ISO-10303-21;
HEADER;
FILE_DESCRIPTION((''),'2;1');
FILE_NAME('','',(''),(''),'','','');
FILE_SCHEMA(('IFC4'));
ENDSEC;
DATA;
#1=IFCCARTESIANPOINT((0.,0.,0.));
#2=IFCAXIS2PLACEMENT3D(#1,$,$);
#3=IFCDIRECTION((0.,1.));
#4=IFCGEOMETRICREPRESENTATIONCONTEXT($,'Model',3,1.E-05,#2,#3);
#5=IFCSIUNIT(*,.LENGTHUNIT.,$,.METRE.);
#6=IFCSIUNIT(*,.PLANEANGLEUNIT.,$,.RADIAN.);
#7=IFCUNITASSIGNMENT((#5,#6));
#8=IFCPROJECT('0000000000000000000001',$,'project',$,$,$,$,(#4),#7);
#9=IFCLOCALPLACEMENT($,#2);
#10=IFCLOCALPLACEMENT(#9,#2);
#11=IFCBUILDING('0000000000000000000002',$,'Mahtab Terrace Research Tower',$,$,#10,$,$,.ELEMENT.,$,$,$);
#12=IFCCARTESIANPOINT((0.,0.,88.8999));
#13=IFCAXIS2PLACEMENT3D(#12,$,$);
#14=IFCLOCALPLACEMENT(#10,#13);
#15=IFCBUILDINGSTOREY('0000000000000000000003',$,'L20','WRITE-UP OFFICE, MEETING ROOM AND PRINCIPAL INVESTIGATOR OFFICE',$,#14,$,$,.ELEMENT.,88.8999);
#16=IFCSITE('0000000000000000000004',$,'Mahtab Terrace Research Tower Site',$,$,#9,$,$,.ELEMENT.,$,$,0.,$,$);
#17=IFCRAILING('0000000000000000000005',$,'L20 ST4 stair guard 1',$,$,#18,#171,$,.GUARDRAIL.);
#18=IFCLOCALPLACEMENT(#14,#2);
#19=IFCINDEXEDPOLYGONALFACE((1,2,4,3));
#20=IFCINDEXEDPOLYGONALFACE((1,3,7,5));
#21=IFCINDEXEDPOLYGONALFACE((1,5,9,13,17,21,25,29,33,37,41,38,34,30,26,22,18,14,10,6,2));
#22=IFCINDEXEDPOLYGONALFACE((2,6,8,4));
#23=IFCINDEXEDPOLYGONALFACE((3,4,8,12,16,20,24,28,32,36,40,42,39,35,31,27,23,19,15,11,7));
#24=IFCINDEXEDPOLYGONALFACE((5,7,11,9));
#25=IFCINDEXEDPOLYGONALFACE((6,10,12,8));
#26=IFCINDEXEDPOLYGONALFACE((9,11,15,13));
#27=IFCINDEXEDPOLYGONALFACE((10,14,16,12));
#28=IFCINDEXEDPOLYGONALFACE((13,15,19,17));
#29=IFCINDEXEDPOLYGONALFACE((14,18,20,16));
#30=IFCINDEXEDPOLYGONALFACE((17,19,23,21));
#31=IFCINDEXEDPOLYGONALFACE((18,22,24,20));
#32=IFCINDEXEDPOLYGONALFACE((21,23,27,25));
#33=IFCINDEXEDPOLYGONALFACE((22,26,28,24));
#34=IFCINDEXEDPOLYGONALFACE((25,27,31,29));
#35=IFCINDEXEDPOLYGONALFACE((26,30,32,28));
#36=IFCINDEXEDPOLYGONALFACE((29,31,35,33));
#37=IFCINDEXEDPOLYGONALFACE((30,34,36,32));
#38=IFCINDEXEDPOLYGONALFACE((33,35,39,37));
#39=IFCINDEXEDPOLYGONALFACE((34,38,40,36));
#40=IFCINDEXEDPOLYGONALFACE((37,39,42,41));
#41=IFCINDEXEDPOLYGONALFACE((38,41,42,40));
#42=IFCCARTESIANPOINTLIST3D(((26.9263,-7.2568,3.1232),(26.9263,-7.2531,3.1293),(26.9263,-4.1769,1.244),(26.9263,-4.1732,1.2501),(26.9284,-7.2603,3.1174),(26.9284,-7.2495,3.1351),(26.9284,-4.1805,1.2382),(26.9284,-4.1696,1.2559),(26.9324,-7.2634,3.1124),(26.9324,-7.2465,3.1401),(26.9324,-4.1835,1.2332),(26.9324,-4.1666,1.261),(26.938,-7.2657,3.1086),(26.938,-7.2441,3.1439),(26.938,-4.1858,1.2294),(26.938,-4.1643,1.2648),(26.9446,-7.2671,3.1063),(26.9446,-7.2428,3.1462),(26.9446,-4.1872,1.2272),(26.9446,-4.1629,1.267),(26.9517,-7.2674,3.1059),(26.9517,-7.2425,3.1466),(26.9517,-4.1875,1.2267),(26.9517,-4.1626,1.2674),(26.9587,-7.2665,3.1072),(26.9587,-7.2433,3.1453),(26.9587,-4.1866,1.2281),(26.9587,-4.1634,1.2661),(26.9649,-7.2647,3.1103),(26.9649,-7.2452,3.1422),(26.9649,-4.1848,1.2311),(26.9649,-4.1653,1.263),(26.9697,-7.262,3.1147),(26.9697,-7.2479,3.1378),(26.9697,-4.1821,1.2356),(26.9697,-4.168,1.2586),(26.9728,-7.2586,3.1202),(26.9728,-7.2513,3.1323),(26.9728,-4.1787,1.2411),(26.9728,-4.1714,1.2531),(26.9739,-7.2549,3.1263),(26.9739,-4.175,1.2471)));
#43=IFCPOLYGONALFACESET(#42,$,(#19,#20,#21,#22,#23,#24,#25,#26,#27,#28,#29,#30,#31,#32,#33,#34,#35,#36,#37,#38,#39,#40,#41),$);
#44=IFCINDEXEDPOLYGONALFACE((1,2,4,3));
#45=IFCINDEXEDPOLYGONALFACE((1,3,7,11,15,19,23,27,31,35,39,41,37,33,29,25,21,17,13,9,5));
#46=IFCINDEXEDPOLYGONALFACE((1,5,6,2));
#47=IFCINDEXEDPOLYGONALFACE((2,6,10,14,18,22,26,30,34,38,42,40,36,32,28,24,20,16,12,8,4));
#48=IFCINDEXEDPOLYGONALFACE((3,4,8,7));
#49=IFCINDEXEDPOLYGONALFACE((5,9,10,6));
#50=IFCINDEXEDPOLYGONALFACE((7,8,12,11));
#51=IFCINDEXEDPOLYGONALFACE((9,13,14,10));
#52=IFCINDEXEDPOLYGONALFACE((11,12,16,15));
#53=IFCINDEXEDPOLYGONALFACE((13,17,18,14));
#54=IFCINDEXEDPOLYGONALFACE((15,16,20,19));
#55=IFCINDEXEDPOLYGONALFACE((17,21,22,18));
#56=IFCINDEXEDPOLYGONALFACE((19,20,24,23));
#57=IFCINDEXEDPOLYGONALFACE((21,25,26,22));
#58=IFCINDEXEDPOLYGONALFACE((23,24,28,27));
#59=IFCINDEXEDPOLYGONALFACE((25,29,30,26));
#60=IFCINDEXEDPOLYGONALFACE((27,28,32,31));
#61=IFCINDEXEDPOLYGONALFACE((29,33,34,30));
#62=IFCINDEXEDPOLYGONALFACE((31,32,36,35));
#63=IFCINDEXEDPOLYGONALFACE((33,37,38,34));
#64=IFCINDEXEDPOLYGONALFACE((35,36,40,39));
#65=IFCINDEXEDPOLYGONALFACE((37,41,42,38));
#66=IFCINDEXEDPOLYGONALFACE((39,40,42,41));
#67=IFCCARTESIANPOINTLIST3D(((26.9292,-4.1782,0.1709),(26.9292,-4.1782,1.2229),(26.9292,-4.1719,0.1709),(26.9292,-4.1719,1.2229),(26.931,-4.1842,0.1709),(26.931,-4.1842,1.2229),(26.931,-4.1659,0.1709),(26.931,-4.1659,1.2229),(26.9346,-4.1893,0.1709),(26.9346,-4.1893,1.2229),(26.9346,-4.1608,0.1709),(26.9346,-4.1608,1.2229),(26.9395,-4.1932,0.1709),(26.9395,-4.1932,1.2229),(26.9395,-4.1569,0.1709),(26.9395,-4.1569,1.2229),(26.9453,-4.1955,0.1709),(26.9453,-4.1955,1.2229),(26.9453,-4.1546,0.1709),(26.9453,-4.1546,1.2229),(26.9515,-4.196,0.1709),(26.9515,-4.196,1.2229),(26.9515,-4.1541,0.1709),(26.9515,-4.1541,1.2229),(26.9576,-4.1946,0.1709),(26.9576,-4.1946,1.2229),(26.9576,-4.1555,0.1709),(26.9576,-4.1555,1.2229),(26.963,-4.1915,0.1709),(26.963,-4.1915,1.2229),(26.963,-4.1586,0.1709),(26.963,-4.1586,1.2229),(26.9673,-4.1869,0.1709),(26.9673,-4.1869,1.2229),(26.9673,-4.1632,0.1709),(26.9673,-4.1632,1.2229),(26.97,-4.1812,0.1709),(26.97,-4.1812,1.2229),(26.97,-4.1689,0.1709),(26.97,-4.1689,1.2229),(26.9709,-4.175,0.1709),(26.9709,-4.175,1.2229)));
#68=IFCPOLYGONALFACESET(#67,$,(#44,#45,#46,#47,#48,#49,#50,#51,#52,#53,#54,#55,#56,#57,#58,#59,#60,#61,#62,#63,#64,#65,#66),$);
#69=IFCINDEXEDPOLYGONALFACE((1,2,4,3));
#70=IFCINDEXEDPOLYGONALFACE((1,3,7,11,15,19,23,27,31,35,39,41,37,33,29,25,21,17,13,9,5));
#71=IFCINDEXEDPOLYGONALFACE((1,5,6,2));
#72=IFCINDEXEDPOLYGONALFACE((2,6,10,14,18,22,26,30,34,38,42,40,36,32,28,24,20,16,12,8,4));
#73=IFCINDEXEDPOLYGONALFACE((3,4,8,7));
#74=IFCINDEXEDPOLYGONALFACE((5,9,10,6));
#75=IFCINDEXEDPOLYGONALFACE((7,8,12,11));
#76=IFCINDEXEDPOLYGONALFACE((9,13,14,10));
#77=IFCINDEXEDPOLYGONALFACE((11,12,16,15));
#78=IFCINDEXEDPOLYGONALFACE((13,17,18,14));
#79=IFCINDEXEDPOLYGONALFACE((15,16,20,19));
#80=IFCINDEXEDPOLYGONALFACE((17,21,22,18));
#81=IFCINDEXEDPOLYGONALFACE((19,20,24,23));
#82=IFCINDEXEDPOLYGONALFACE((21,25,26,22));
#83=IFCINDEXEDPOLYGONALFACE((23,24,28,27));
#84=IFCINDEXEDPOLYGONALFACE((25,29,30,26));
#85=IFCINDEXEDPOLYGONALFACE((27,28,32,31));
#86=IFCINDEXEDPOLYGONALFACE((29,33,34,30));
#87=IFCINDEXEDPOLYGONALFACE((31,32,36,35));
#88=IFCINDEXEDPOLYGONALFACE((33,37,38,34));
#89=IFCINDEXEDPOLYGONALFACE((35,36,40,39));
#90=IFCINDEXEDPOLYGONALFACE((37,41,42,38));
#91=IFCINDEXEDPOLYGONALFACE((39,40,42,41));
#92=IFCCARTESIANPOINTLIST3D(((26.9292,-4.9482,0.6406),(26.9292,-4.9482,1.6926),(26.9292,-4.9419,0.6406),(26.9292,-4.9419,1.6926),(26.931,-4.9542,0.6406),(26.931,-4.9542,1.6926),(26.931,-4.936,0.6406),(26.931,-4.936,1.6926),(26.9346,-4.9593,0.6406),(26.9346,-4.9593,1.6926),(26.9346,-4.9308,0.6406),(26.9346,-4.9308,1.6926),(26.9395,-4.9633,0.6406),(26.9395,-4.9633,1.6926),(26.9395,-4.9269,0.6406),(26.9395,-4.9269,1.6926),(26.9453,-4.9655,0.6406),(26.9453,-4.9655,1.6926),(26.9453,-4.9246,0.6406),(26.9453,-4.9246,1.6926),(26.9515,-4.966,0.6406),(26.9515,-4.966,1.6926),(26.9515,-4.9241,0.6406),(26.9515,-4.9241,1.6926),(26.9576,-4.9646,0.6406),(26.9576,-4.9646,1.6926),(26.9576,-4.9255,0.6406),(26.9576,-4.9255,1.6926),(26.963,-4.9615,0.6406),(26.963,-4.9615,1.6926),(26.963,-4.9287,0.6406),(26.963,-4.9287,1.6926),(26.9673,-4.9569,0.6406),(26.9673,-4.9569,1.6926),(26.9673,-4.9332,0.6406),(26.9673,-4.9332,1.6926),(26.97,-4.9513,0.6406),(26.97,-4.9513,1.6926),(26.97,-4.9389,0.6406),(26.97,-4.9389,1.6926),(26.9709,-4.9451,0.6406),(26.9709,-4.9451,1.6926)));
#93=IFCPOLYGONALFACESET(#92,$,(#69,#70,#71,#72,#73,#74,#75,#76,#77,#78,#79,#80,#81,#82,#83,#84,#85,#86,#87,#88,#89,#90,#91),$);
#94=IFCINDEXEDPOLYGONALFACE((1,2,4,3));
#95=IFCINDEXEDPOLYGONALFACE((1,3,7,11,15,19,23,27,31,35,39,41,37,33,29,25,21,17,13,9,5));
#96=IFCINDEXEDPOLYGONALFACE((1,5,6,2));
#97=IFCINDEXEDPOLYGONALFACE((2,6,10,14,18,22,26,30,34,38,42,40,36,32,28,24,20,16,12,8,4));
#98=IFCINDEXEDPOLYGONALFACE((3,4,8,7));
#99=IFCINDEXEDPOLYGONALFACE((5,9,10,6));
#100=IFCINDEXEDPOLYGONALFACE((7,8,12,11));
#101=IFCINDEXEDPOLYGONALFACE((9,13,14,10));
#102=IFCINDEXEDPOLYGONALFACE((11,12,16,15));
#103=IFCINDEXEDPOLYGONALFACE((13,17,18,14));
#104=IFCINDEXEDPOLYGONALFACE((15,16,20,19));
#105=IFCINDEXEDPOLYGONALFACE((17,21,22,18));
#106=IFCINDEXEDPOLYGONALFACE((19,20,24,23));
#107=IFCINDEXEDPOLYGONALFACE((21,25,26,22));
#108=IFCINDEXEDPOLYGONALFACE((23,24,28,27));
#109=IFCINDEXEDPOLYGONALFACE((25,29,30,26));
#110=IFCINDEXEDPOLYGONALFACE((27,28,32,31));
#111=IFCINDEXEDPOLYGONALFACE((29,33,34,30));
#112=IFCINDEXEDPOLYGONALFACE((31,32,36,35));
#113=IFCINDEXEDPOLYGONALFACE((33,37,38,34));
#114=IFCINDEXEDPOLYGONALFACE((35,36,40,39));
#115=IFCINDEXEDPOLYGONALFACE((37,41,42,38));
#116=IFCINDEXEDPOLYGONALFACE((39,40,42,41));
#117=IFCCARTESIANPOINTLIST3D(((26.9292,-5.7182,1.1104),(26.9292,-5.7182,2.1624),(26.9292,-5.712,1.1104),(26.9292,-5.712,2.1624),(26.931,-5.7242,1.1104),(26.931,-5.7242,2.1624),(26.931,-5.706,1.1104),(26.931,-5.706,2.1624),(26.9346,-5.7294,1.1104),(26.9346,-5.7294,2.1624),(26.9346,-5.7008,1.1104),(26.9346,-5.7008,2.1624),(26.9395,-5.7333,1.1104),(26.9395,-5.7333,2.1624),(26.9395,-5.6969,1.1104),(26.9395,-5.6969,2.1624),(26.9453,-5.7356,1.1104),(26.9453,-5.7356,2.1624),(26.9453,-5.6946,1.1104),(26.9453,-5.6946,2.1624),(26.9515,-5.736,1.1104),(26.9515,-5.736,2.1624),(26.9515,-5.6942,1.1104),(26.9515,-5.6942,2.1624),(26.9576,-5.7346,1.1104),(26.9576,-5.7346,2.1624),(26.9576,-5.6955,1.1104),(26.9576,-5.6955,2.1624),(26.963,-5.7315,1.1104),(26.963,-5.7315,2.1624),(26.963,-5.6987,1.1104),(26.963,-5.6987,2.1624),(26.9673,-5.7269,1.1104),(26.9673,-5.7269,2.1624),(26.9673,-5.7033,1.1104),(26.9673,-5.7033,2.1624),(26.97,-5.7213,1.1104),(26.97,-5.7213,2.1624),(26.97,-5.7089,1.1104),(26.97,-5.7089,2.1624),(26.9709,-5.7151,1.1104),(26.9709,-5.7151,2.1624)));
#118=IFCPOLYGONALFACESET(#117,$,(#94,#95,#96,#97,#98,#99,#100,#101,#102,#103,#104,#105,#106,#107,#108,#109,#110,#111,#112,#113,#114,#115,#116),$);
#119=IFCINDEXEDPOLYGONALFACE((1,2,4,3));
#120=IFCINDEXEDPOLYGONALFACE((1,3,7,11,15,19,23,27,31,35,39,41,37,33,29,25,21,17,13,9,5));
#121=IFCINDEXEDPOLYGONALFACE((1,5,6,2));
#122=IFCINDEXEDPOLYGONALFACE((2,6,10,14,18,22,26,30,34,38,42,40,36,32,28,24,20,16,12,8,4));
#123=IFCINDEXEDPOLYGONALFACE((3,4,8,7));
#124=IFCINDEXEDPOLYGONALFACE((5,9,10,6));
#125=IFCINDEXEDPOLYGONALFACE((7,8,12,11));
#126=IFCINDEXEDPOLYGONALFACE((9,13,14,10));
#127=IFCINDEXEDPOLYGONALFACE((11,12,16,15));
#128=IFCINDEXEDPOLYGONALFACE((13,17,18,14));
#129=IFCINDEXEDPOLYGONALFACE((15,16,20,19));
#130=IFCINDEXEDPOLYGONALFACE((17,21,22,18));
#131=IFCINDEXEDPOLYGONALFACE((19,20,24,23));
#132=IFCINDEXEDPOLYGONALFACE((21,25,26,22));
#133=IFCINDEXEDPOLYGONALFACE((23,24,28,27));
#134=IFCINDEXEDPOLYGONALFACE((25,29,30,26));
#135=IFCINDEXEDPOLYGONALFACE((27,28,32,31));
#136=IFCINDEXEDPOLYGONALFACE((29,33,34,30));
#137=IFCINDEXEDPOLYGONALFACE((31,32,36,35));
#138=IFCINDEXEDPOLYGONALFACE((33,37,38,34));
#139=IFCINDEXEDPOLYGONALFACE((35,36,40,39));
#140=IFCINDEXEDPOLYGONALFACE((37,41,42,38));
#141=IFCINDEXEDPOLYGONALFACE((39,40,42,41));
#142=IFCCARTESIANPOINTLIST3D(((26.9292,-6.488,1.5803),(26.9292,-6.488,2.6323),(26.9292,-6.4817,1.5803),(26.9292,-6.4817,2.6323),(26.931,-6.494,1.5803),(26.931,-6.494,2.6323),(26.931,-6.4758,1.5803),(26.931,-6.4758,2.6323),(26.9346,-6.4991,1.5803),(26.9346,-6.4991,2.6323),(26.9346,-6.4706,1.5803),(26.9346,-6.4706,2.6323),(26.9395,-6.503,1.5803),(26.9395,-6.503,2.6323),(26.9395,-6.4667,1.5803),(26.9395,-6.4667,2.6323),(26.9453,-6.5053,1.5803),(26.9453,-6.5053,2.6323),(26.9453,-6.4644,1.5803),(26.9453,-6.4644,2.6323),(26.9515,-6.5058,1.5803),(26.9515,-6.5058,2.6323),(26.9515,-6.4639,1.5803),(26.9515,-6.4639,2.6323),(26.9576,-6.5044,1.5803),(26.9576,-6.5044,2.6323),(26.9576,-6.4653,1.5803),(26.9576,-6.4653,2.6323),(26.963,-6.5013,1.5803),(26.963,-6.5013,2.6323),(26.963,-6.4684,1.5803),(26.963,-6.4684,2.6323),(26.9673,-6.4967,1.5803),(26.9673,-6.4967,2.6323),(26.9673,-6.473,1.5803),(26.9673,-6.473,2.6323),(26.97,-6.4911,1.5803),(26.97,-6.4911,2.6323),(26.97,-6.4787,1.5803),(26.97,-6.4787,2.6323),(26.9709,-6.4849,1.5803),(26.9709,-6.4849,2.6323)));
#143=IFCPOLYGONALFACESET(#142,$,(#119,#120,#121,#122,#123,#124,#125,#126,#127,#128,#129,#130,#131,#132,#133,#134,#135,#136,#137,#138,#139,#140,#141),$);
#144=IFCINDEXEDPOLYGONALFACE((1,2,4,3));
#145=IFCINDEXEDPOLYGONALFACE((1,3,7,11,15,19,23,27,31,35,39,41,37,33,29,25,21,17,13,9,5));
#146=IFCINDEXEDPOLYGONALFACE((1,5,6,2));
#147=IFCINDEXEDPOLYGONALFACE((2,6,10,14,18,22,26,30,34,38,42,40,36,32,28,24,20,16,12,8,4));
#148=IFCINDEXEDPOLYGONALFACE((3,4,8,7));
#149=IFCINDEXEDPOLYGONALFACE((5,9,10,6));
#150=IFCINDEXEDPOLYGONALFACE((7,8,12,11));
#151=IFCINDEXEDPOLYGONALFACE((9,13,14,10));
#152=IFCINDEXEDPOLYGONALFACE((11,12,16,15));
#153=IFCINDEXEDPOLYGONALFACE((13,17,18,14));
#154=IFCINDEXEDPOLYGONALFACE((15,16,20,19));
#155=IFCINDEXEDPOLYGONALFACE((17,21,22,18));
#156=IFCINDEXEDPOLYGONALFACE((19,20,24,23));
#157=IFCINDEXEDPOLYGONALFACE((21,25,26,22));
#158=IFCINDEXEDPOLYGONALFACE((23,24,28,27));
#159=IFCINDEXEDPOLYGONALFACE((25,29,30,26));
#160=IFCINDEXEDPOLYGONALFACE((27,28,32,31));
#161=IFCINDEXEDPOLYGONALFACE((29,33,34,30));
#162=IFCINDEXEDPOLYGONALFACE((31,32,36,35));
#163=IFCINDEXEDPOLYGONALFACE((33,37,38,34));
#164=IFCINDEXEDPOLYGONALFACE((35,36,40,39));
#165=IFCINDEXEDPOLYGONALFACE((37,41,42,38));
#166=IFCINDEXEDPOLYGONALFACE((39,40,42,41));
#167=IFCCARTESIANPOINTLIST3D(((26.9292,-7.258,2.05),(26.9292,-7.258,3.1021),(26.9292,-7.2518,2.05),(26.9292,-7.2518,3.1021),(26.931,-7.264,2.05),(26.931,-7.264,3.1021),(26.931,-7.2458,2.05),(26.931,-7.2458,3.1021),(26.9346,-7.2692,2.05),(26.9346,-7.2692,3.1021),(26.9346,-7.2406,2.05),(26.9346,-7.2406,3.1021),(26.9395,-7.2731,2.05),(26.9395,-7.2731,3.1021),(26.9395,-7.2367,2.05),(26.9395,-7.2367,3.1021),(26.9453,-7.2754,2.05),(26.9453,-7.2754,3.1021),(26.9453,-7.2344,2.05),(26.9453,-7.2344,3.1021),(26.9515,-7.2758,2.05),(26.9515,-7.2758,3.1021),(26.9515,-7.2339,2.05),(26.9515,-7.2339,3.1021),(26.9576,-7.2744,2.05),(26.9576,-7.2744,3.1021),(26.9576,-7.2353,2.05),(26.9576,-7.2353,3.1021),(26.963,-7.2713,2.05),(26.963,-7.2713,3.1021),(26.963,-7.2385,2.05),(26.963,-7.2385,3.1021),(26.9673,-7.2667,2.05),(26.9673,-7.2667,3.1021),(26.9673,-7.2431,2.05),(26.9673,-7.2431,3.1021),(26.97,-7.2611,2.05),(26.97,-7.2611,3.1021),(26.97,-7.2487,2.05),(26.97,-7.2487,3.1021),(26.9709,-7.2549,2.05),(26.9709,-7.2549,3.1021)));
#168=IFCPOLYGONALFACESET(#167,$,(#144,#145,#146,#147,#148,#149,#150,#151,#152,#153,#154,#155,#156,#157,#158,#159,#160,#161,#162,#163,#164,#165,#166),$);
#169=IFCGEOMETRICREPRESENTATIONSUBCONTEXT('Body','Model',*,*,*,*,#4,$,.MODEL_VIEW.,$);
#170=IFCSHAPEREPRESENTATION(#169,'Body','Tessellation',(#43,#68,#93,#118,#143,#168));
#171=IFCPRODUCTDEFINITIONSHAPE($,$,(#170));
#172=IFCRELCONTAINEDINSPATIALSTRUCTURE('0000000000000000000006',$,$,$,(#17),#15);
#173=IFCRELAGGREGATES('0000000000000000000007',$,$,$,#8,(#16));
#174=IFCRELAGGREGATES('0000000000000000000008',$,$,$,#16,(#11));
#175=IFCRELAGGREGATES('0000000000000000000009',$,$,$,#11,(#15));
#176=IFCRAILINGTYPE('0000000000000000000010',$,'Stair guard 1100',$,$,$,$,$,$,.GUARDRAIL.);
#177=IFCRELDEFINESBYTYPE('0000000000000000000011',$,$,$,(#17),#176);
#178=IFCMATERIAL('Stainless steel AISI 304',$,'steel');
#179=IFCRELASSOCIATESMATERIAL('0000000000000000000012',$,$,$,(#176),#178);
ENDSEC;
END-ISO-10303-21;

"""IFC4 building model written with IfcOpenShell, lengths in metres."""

from ifc_helpers import new_model, si_unit, direction, frame, origin, origin_2d, place, context, subcontext, project, spatial, circle, extrude, material, type_object, element, save


model = new_model("IFC4")

# Units and contexts
model_context = context("Model", 3, precision=1e-05, world=origin(), true_north=direction((0.0, 1.0)))
body_context = subcontext(model_context, "Body", "Model", "MODEL_VIEW")
ifc_project = project(units=[si_unit("LENGTHUNIT", "METRE"), si_unit("PLANEANGLEUNIT", "RADIAN")], contexts=[model_context])

# Site, building, storey
site_placement = place(None, origin())
site = spatial("IfcSite", under=ifc_project, at=site_placement, Name="Mahtab Terrace Research Tower Site", CompositionType="ELEMENT", RefElevation=0.0)
building_placement = place(site_placement, origin())
building = spatial("IfcBuilding", under=site, at=building_placement, Name="Mahtab Terrace Research Tower", CompositionType="ELEMENT")
storey_placement = place(building_placement, frame((0.0, 0.0, 88.8999)))
storey = spatial("IfcBuildingStorey", under=building, at=storey_placement, Name="L20", Description="WRITE-UP OFFICE, MEETING ROOM AND PRINCIPAL INVESTIGATOR OFFICE", CompositionType="ELEMENT", Elevation=88.8999)

# Shared definitions
ifc_material_1 = material(Name="Stainless steel AISI 304", Category="steel")

# Railing
railing_type_1 = type_object("IfcRailingType", Name="Stair guard 1100", PredefinedType="GUARDRAIL", material=ifc_material_1)
railing_1_placement = place(storey_placement, frame((26.95, -4.175, 0.1709)))
element("IfcRailing", 1, at=railing_1_placement, inside=storey, type_object=railing_type_1, Name="L20 ST4 stair guard 1", PredefinedType="GUARDRAIL", context=body_context, shape_type="SweptSolid", body=[
    extrude(circle(Radius=0.0239, at=origin_2d()), frame((0.0, 0.0, 1.0762), z_axis=(0.0, -0.853648, 0.52085), x_axis=(1.0, 0.0, 0.0)), (0.0, 0.0, 1.0), 3.6079),
    extrude(circle(Radius=0.021, at=origin_2d()), origin(), (0.0, 0.0, 1.0), 1.052),
    extrude(circle(Radius=0.021, at=origin_2d()), frame((0.0, -0.77, 0.4697)), (0.0, 0.0, 1.0), 1.052),
    extrude(circle(Radius=0.021, at=origin_2d()), frame((0.0, -1.54, 0.9395)), (0.0, 0.0, 1.0), 1.052),
    extrude(circle(Radius=0.021, at=origin_2d()), frame((0.0, -2.3098, 1.4094)), (0.0, 0.0, 1.0), 1.052),
    extrude(circle(Radius=0.021, at=origin_2d()), frame((0.0, -3.0798, 1.8792)), (0.0, 0.0, 1.0), 1.052),
])

save(model, "model.ifc")
